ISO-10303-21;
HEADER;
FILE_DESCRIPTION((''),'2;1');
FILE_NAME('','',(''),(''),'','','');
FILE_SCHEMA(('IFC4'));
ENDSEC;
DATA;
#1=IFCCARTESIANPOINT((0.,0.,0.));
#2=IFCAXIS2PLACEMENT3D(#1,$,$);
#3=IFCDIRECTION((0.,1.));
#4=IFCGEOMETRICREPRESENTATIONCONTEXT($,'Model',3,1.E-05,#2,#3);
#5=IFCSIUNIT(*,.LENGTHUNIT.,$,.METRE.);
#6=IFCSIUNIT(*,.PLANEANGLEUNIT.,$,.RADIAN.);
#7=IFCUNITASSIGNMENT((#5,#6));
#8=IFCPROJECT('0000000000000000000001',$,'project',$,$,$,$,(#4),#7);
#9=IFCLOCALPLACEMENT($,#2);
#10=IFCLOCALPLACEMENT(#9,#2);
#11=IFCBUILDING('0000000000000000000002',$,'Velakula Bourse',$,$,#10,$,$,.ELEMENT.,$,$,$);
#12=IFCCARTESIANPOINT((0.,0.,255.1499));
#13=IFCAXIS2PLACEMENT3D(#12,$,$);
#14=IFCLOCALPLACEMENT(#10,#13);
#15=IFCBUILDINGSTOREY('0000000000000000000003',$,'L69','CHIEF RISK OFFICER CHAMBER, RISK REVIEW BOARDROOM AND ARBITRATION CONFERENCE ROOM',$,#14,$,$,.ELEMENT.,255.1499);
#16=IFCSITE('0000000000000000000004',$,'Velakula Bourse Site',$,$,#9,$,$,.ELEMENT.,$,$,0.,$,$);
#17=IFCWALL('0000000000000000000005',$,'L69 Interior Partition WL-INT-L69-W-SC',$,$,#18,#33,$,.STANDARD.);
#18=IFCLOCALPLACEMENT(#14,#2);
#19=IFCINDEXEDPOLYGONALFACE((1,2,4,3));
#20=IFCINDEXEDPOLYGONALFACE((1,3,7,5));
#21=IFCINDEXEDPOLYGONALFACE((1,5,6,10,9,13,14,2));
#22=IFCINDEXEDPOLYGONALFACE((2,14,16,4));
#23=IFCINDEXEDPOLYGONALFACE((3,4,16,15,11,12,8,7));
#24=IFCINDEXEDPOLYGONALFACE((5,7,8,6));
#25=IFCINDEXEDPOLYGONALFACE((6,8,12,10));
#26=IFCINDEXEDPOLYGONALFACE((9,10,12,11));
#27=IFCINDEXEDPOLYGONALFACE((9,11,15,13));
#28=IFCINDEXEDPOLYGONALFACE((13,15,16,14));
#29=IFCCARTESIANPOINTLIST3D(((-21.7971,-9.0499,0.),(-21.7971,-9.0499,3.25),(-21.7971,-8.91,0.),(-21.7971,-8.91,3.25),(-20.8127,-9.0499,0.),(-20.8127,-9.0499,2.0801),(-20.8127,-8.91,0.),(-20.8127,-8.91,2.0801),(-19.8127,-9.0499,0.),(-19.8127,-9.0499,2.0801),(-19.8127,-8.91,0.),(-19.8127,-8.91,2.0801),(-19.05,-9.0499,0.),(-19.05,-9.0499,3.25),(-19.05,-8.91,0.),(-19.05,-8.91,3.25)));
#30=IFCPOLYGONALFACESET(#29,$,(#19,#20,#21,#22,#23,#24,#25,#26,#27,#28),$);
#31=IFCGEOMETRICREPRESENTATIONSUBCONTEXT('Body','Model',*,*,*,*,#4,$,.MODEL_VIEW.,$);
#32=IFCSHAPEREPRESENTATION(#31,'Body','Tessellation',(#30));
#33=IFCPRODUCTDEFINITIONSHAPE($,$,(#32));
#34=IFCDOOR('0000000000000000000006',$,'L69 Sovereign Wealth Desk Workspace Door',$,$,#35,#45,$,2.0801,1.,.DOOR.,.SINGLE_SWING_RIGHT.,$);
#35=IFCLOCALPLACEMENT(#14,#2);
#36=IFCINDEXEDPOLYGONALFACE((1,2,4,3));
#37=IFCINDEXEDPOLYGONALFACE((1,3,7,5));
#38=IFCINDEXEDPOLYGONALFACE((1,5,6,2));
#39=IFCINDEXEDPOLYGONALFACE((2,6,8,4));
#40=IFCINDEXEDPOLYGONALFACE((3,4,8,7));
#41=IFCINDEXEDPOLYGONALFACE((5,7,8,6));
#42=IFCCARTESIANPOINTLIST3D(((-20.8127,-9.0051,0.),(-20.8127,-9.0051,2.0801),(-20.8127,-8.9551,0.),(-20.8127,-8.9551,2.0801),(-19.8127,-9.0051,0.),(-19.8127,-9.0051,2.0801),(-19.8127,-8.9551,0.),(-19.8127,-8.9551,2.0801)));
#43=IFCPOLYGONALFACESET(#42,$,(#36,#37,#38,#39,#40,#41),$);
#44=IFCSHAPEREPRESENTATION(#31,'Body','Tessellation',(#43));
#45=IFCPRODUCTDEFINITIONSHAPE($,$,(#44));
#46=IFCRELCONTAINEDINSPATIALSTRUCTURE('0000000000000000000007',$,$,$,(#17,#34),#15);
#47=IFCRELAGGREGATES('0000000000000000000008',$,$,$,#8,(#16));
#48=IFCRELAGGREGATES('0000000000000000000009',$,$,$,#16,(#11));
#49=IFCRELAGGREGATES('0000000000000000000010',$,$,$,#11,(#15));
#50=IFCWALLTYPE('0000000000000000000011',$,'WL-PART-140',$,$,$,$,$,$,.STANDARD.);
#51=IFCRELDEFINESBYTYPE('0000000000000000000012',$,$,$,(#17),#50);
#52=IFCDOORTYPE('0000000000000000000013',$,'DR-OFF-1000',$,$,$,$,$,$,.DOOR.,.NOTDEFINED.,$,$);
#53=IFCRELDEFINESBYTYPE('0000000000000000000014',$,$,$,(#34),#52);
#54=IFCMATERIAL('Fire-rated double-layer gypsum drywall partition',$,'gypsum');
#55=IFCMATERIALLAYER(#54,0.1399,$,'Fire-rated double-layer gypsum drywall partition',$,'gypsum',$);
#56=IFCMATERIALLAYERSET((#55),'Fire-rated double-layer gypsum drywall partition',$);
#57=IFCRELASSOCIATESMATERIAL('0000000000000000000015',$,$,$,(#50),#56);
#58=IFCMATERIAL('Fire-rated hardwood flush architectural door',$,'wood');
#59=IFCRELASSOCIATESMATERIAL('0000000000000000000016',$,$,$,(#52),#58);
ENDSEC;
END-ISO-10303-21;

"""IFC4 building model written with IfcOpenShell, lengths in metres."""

from ifc_helpers import new_model, si_unit, direction, frame, frame_2d, origin, place, context, subcontext, project, spatial, rectangle, extrude, material, layer, layer_set, type_object, element, fill, save


model = new_model("IFC4")

# Units and contexts
model_context = context("Model", 3, precision=1e-05, world=origin(), true_north=direction((0.0, 1.0)))
body_context = subcontext(model_context, "Body", "Model", "MODEL_VIEW")
ifc_project = project(units=[si_unit("LENGTHUNIT", "METRE"), si_unit("PLANEANGLEUNIT", "RADIAN")], contexts=[model_context])

# Site, building, storey
site_placement = place(None, origin())
site = spatial("IfcSite", under=ifc_project, at=site_placement, Name="Velakula Bourse Site", CompositionType="ELEMENT", RefElevation=0.0)
building_placement = place(site_placement, origin())
building = spatial("IfcBuilding", under=site, at=building_placement, Name="Velakula Bourse", CompositionType="ELEMENT")
storey_placement = place(building_placement, frame((0.0, 0.0, 255.1499)))
storey = spatial("IfcBuildingStorey", under=building, at=storey_placement, Name="L69", Description="CHIEF RISK OFFICER CHAMBER, RISK REVIEW BOARDROOM AND ARBITRATION CONFERENCE ROOM", CompositionType="ELEMENT", Elevation=255.1499)

# Shared definitions
ifc_material_1 = material(Name="Fire-rated double-layer gypsum drywall partition", Category="gypsum")
ifc_layer_1 = layer(ifc_material_1, 0.1399, Name="Fire-rated double-layer gypsum drywall partition", Category="gypsum")
ifc_layer_set_1 = layer_set([ifc_layer_1], Name="Fire-rated double-layer gypsum drywall partition")
wall_type_1 = type_object("IfcWallType", Name="WL-PART-140", PredefinedType="STANDARD", material=ifc_layer_set_1)
ifc_material_2 = material(Name="Fire-rated hardwood flush architectural door", Category="wood")
door_type_1 = type_object("IfcDoorType", Name="DR-OFF-1000", OperationType="NOTDEFINED", PredefinedType="DOOR", material=ifc_material_2)

# Wall, opening, door
wall_1_placement = place(storey_placement, frame((-21.7971, -8.98, 0.0), z_axis=(0.0, 0.0, 1.0), x_axis=(1.0, 0.0, 0.0)))
wall_1 = element("IfcWall", 1, at=wall_1_placement, inside=storey, type_object=wall_type_1, Name="L69 Interior Partition WL-INT-L69-W-SC", PredefinedType="STANDARD", context=body_context, shape_type="SweptSolid", body=[
    extrude(rectangle(XDim=2.7471, YDim=0.1399, at=frame_2d((1.3735, 0.0))), origin(), (0.0, 0.0, 1.0), 3.25),
])
opening_1_placement = place(wall_1_placement, frame((0.9844, 0.0, 0.0)))
opening_1 = element("IfcOpeningElement", 2, at=opening_1_placement, cuts=wall_1, PredefinedType="OPENING", context=body_context, shape_type="SweptSolid", body=[
    extrude(rectangle(XDim=1.0, YDim=2.0801, at=frame_2d((0.5, 1.04))), frame((0.0, 0.0798, 0.0), z_axis=(0.0, -1.0, 0.0), x_axis=(1.0, 0.0, 0.0)), (0.0, 0.0, 1.0), 0.1599),
])
door_1_placement = place(opening_1_placement, origin())
door_1 = element("IfcDoor", 3, at=door_1_placement, inside=storey, type_object=door_type_1, Name="L69 Sovereign Wealth Desk Workspace Door", OperationType="SINGLE_SWING_RIGHT", OverallHeight=2.0801, OverallWidth=1.0, PredefinedType="DOOR", context=body_context, shape_type="SweptSolid", body=[
    extrude(rectangle(XDim=1.0, YDim=2.0801, at=frame_2d((0.5, 1.04))), frame((0.0, 0.0249, 0.0), z_axis=(0.0, -1.0, 0.0), x_axis=(1.0, 0.0, 0.0)), (0.0, 0.0, 1.0), 0.05),
])
fill(opening_1, door_1)

save(model, "model.ifc")
